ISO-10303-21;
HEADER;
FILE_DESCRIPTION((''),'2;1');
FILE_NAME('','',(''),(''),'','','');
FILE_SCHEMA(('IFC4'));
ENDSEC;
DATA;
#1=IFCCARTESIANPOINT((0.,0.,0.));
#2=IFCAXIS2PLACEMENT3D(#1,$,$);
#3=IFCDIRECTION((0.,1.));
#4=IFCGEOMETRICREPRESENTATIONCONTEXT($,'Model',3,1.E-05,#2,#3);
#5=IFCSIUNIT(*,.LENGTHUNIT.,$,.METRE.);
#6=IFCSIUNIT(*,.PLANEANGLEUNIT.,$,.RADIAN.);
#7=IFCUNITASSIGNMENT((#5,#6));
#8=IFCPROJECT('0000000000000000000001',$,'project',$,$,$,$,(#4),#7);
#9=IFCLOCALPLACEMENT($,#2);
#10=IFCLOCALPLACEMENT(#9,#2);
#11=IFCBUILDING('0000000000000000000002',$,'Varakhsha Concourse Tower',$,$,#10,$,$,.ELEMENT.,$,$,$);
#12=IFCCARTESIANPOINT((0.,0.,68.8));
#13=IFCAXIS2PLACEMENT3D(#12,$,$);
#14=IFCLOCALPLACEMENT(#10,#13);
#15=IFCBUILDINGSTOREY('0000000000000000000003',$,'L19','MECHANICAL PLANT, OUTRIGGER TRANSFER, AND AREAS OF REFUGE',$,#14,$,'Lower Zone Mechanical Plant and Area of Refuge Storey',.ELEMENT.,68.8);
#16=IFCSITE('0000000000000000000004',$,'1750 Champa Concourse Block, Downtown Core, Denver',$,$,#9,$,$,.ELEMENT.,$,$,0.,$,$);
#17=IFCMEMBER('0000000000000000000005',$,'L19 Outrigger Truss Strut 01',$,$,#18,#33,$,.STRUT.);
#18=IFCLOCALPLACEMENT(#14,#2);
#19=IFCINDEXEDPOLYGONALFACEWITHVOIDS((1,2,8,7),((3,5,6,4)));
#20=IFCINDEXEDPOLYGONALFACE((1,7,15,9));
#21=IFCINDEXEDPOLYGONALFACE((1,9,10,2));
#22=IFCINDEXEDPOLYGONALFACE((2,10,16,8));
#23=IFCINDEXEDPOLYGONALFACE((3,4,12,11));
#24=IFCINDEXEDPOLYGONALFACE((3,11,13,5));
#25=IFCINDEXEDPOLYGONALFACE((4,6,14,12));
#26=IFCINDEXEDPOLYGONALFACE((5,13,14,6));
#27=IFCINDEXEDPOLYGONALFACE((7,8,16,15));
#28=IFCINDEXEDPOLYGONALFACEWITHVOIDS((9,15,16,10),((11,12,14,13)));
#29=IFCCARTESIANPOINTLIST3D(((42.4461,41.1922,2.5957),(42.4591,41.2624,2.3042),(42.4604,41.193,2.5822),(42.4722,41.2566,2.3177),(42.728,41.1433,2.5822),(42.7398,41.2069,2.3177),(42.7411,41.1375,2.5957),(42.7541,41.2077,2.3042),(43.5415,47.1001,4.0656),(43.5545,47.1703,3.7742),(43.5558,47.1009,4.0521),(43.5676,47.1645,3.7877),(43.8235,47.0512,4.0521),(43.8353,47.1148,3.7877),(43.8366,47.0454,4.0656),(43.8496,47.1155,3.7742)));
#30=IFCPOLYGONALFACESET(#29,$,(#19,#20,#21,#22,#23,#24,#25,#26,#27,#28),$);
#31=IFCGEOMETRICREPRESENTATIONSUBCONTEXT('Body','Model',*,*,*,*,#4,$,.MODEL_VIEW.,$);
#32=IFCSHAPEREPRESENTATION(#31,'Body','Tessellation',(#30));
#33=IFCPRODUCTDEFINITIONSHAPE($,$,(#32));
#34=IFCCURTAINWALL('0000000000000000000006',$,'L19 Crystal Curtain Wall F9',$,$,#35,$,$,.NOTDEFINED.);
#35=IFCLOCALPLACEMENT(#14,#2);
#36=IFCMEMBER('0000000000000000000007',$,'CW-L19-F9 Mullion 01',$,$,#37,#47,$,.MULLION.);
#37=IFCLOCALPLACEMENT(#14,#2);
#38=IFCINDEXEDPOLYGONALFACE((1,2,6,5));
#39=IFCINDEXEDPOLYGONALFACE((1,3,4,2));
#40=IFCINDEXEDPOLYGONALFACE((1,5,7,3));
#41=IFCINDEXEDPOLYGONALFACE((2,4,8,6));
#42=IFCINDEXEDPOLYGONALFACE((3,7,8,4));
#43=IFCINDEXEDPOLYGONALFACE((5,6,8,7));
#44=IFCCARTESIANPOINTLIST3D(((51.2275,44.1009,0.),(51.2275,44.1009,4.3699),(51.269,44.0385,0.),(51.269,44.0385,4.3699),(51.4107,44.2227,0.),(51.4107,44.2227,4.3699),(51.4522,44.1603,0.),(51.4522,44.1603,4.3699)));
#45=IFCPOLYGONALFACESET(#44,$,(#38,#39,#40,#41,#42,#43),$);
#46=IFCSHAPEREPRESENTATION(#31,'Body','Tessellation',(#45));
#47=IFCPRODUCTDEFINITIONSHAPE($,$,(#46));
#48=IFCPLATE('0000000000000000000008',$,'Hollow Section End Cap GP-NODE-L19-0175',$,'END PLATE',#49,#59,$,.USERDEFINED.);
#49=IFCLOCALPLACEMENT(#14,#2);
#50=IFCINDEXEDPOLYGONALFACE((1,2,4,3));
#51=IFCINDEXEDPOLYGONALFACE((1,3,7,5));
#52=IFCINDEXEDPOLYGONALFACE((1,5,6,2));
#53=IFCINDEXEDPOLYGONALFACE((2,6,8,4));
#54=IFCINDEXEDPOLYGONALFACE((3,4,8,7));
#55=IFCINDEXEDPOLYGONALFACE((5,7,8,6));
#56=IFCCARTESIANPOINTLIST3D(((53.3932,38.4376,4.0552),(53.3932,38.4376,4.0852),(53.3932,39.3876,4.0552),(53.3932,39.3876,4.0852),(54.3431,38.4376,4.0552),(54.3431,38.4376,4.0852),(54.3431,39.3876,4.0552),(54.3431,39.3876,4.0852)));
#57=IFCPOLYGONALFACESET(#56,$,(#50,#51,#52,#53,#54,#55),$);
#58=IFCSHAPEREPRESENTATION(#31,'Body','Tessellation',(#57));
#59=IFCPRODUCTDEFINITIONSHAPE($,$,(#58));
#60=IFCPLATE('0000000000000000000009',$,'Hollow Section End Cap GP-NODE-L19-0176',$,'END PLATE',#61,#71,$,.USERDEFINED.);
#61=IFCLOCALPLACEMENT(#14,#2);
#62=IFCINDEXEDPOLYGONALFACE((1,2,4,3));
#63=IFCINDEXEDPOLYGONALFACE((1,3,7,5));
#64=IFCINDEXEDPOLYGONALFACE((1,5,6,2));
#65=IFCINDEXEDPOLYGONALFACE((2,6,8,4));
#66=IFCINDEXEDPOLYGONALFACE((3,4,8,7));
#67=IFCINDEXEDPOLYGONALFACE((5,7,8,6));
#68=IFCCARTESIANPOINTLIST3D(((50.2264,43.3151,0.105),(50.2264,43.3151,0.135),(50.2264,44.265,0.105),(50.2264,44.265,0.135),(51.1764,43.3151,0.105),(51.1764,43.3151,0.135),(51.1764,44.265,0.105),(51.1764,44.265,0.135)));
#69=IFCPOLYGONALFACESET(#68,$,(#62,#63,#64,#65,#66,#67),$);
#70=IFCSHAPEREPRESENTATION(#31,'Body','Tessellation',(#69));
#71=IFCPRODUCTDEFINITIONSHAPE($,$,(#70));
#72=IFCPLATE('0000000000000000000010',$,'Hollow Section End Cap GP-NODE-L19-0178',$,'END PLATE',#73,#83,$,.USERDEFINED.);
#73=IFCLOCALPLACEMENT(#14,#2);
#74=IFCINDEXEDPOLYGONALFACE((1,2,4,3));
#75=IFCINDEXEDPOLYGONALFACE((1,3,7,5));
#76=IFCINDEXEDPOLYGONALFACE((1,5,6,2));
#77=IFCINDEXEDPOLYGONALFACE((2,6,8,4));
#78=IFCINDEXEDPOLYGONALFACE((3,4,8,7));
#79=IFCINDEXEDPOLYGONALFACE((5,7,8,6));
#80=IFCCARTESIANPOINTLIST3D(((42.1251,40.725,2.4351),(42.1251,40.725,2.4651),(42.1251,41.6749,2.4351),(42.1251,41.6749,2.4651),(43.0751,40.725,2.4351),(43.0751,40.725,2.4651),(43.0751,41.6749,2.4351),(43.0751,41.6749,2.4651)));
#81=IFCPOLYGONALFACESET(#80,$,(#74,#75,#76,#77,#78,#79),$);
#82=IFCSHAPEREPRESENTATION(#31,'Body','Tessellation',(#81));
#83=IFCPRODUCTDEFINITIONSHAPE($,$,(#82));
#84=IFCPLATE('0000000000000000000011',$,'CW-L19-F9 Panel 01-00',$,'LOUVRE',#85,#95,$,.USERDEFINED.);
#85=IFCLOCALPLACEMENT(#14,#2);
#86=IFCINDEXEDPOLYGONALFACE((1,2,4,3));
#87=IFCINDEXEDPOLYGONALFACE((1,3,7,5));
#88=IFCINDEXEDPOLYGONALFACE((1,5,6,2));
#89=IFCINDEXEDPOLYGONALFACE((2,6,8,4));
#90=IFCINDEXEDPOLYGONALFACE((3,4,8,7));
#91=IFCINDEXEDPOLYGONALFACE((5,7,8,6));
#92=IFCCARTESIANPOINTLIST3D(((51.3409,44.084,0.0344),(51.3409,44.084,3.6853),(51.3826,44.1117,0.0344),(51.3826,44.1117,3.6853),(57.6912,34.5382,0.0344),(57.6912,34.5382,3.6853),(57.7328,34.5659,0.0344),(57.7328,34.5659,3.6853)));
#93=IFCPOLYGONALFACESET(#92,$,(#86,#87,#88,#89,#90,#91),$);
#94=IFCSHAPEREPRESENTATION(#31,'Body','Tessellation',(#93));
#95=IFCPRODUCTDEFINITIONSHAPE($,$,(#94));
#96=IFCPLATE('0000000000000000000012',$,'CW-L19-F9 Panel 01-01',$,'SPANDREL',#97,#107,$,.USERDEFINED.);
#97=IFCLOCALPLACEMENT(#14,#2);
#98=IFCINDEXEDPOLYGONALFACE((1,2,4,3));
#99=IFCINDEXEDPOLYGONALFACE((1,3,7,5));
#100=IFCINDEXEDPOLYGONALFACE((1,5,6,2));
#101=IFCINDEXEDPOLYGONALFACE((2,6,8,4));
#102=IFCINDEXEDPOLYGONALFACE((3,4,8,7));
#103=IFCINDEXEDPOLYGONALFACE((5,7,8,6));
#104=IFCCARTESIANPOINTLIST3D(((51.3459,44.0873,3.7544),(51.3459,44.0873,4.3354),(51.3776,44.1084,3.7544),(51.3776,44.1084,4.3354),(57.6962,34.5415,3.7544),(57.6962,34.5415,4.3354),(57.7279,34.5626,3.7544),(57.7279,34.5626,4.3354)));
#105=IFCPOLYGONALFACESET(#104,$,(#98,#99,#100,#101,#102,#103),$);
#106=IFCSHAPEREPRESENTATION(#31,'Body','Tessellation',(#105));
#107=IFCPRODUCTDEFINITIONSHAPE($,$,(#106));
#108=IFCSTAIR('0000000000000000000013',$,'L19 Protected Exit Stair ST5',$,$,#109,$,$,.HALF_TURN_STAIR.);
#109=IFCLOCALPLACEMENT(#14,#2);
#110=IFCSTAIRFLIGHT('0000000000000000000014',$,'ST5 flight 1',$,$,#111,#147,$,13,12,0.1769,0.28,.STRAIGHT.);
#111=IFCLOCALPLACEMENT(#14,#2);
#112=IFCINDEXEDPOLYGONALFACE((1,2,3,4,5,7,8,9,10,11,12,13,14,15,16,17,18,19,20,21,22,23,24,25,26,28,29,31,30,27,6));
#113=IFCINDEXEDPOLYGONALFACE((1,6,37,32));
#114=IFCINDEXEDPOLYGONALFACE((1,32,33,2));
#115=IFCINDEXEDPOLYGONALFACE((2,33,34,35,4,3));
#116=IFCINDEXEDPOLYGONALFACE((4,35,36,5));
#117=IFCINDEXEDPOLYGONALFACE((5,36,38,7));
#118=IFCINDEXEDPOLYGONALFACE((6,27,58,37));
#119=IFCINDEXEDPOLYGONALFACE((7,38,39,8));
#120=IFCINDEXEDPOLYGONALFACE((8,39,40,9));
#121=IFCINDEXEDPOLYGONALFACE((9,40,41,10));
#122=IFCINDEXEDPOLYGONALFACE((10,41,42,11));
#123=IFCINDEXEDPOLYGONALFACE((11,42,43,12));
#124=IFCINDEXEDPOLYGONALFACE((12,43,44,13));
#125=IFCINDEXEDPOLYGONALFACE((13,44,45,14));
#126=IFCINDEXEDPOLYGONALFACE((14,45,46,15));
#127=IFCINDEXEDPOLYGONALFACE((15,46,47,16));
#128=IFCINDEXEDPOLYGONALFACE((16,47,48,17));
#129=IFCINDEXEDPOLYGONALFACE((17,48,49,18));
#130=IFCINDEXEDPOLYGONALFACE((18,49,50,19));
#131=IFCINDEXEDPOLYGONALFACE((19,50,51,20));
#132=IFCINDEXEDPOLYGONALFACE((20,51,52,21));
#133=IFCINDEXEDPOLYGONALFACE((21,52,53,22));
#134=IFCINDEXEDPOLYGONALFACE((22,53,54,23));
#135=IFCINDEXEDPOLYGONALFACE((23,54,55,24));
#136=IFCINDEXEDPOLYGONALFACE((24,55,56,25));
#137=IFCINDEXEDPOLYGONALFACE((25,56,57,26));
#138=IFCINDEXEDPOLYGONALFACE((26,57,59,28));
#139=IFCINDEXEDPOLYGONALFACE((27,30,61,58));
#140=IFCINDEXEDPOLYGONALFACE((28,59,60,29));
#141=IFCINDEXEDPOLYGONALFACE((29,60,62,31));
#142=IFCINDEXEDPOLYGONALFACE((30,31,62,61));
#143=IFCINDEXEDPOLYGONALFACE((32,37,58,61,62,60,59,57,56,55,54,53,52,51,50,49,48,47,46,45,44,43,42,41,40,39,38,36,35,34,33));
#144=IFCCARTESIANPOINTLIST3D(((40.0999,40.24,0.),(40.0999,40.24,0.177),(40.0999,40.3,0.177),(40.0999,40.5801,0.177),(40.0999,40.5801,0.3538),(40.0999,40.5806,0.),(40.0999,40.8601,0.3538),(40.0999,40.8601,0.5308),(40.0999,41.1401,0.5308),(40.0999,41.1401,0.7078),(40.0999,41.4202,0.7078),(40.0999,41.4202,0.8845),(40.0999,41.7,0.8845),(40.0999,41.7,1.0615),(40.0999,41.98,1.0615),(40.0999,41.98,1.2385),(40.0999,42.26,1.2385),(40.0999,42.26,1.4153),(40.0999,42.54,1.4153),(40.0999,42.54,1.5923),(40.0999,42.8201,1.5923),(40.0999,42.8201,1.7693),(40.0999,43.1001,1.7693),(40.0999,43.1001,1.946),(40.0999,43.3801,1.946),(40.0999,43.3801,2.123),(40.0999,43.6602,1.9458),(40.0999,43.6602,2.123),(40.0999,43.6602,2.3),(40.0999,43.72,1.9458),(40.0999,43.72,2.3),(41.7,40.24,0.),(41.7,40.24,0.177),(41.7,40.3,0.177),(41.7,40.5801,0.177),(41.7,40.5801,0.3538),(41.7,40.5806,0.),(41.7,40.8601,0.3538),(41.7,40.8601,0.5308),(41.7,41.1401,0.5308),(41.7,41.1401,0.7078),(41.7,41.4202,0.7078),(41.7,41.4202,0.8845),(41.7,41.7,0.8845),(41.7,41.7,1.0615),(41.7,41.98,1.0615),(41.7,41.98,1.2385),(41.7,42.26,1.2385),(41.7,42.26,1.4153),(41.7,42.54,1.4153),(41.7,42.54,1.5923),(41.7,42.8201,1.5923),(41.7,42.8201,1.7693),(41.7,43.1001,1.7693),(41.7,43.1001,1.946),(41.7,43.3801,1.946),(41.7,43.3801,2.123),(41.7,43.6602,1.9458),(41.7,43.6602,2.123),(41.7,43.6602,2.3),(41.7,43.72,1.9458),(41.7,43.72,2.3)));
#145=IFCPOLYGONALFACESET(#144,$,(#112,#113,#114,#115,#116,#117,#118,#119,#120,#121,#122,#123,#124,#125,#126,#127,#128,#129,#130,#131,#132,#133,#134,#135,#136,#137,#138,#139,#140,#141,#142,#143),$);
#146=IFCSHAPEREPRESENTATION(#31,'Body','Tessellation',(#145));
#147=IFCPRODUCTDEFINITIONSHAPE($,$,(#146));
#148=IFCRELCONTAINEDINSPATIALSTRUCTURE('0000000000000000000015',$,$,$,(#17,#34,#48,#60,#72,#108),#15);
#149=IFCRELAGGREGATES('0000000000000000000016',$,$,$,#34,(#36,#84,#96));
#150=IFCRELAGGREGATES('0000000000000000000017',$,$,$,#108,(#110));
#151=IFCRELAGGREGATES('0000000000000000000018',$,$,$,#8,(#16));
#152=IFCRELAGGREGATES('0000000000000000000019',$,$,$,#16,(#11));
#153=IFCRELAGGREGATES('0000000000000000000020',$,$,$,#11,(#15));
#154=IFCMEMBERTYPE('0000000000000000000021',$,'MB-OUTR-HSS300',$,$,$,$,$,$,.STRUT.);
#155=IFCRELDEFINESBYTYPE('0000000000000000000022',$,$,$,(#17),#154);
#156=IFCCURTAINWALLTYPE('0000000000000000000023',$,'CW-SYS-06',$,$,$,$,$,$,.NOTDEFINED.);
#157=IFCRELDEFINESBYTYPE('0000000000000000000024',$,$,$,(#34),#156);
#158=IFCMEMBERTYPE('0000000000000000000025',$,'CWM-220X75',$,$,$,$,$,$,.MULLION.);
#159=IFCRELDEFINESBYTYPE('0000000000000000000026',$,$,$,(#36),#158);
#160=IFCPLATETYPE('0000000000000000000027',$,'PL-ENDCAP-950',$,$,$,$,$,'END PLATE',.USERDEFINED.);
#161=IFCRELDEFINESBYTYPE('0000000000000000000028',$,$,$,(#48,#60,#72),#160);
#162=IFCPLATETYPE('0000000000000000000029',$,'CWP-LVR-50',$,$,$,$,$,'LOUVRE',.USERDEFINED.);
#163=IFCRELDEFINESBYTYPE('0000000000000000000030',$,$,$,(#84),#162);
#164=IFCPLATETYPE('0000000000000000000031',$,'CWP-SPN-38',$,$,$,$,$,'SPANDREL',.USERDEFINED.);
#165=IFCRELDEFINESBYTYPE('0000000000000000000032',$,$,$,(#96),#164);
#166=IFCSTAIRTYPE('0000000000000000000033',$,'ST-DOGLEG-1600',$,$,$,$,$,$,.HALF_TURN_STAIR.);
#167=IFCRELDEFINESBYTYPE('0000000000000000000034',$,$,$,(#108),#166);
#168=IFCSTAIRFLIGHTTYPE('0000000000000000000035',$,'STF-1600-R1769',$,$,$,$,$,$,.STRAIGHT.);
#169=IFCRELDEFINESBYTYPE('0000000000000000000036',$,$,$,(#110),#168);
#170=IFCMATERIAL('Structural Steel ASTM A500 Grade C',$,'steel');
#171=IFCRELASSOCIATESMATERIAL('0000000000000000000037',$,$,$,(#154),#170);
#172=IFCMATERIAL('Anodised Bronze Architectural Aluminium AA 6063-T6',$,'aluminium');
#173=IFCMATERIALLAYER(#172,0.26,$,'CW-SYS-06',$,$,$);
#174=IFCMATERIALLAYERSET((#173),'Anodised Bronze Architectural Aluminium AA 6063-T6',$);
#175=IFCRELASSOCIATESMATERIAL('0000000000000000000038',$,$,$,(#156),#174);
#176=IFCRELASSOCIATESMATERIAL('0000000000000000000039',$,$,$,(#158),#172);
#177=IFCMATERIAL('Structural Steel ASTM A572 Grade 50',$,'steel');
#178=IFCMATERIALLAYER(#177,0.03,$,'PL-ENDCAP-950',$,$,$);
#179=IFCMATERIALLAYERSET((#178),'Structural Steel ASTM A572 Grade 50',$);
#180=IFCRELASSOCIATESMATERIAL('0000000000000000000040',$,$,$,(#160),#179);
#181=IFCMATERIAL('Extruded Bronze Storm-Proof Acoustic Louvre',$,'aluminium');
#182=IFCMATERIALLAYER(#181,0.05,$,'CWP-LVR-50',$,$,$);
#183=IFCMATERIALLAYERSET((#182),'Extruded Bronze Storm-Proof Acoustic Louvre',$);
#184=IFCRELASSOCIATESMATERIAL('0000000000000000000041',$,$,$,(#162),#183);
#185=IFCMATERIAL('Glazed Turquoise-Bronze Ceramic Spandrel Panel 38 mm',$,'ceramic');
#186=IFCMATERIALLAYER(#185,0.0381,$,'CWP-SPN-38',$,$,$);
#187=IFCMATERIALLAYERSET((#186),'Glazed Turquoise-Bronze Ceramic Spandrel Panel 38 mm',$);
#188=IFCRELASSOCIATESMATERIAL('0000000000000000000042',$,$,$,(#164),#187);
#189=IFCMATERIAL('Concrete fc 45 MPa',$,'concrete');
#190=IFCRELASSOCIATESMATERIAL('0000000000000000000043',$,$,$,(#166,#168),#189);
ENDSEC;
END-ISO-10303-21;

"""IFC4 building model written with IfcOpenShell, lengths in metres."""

from ifc_helpers import new_model, si_unit, direction, frame, origin, origin_2d, place, context, subcontext, project, spatial, polyline, rectangle, hollow_rectangle, outline, extrude, source, transform, mapped, material, layer, layer_set, material_profile, profile_set, type_object, type_shapes, element, aggregate, save


model = new_model("IFC4")

# Units and contexts
model_context = context("Model", 3, precision=1e-05, world=origin(), true_north=direction((0.0, 1.0)))
body_context = subcontext(model_context, "Body", "Model", "MODEL_VIEW")
ifc_project = project(units=[si_unit("LENGTHUNIT", "METRE"), si_unit("PLANEANGLEUNIT", "RADIAN")], contexts=[model_context])

# Site, building, storey
site_placement = place(None, origin())
site = spatial("IfcSite", under=ifc_project, at=site_placement, Name="1750 Champa Concourse Block, Downtown Core, Denver", CompositionType="ELEMENT", RefElevation=0.0)
building_placement = place(site_placement, origin())
building = spatial("IfcBuilding", under=site, at=building_placement, Name="Varakhsha Concourse Tower", CompositionType="ELEMENT")
storey_placement = place(building_placement, frame((0.0, 0.0, 68.8)))
storey = spatial("IfcBuildingStorey", under=building, at=storey_placement, Name="L19", Description="MECHANICAL PLANT, OUTRIGGER TRANSFER, AND AREAS OF REFUGE", LongName="Lower Zone Mechanical Plant and Area of Refuge Storey", CompositionType="ELEMENT", Elevation=68.8)

# Shared definitions
ifc_material_1 = material(Name="Structural Steel ASTM A572 Grade 50", Category="steel")

# Member
ifc_material_2 = material(Name="Structural Steel ASTM A500 Grade C", Category="steel")
ifc_material_profile_1 = material_profile(ifc_material_2, hollow_rectangle(XDim=0.3, YDim=0.3, WallThickness=0.0139, at=origin_2d()), Name="HSS 300x300x14")
ifc_profile_set_1 = profile_set([ifc_material_profile_1], Name="Structural Steel ASTM A500 Grade C")
member_type_1 = type_object("IfcMemberType", Name="MB-OUTR-HSS300", PredefinedType="STRUT", material=ifc_profile_set_1)
shared_shape_1 = source(origin(), body_context, "Body", "SweptSolid", [
    extrude(hollow_rectangle(XDim=0.3, YDim=0.3, WallThickness=0.0139, at=origin_2d()), origin(), (0.0, 0.0, 1.0), 6.1858),
])
type_shapes(member_type_1, [shared_shape_1])
member_1_placement = place(storey_placement, frame((42.6001, 41.2, 2.45), z_axis=(0.177091, 0.955075, 0.237634), x_axis=(-0.98324, 0.182313, 0.0)))
element("IfcMember", 1, at=member_1_placement, inside=storey, type_object=member_type_1, Name="L19 Outrigger Truss Strut 01", PredefinedType="STRUT", context=body_context, shape_type="MappedRepresentation", body=[
    mapped(shared_shape_1, transform((0.0, 0.0, 0.0), scale=1.0)),
])

# Curtain wall, member
ifc_material_3 = material(Name="Anodised Bronze Architectural Aluminium AA 6063-T6", Category="aluminium")
ifc_layer_1 = layer(ifc_material_3, 0.26, Name="CW-SYS-06")
ifc_layer_set_1 = layer_set([ifc_layer_1], Name="Anodised Bronze Architectural Aluminium AA 6063-T6")
curtain_wall_type = type_object("IfcCurtainWallType", Name="CW-SYS-06", PredefinedType="NOTDEFINED", material=ifc_layer_set_1)
curtain_wall_placement = place(storey_placement, origin())
curtain_wall = element("IfcCurtainWall", 2, at=curtain_wall_placement, inside=storey, type_object=curtain_wall_type, Name="L19 Crystal Curtain Wall F9", PredefinedType="NOTDEFINED")
ifc_material_profile_2 = material_profile(ifc_material_3, rectangle(XDim=0.075, YDim=0.22, at=origin_2d()), Name="CWM-220X75")
ifc_profile_set_2 = profile_set([ifc_material_profile_2], Name="Anodised Bronze Architectural Aluminium AA 6063-T6")
member_type_2 = type_object("IfcMemberType", Name="CWM-220X75", PredefinedType="MULLION", material=ifc_profile_set_2)
shared_shape_2 = source(origin(), body_context, "Body", "SweptSolid", [
    extrude(rectangle(XDim=0.075, YDim=0.22, at=origin_2d()), origin(), (0.0, 0.0, 1.0), 4.3699),
])
type_shapes(member_type_2, [shared_shape_2])
member_2_placement = place(storey_placement, frame((51.3398, 44.1306, 0.0), z_axis=(0.0, 0.0, 1.0), x_axis=(0.553881, -0.832596, 0.0)))
member_2 = element("IfcMember", 3, at=member_2_placement, type_object=member_type_2, Name="CW-L19-F9 Mullion 01", PredefinedType="MULLION", context=body_context, shape_type="MappedRepresentation", body=[
    mapped(shared_shape_2, transform((0.0, 0.0, 0.0), scale=1.0)),
])

# Plates
ifc_layer_2 = layer(ifc_material_1, 0.03, Name="PL-ENDCAP-950")
ifc_layer_set_2 = layer_set([ifc_layer_2], Name="Structural Steel ASTM A572 Grade 50")
plate_type_1 = type_object("IfcPlateType", Name="PL-ENDCAP-950", ElementType="END PLATE", PredefinedType="USERDEFINED", material=ifc_layer_set_2)
shared_shape_3 = source(origin(), body_context, "Body", "SweptSolid", [
    extrude(rectangle(XDim=0.95, YDim=0.95, at=origin_2d()), origin(), (0.0, 0.0, 1.0), 0.03),
])
type_shapes(plate_type_1, [shared_shape_3])
for number, where, z_axis, x_axis, name in (
    (4, (53.8682, 38.9126, 4.0552), (0.0, 0.0, 1.0), (1.0, 0.0, 0.0), "Hollow Section End Cap GP-NODE-L19-0175"),
    (5, (50.7014, 43.79, 0.105), (0.0, 0.0, 1.0), (1.0, 0.0, 0.0), "Hollow Section End Cap GP-NODE-L19-0176"),
    (6, (42.6001, 41.2, 2.4351), (0.0, 0.0, 1.0), (1.0, 0.0, 0.0), "Hollow Section End Cap GP-NODE-L19-0178"),
):
    element("IfcPlate", number, at=place(storey_placement, frame(where, z_axis=z_axis, x_axis=x_axis)), inside=storey, type_object=plate_type_1, Name=name, ObjectType="END PLATE", PredefinedType="USERDEFINED", context=body_context, shape_type="MappedRepresentation", body=[
        mapped(shared_shape_3, transform((0.0, 0.0, 0.0), scale=1.0)),
    ])

# Plates
ifc_material_4 = material(Name="Extruded Bronze Storm-Proof Acoustic Louvre", Category="aluminium")
ifc_layer_3 = layer(ifc_material_4, 0.05, Name="CWP-LVR-50")
ifc_layer_set_3 = layer_set([ifc_layer_3], Name="Extruded Bronze Storm-Proof Acoustic Louvre")
plate_type_2 = type_object("IfcPlateType", Name="CWP-LVR-50", ElementType="LOUVRE", PredefinedType="USERDEFINED", material=ifc_layer_set_3)
shared_shape_4 = source(origin(), body_context, "Body", "SweptSolid", [
    extrude(rectangle(XDim=11.4651, YDim=0.05, at=origin_2d()), origin(), (0.0, 0.0, 1.0), 3.6509),
])
type_shapes(plate_type_2, [shared_shape_4])
plate_1_placement = place(storey_placement, frame((54.5369, 39.325, 0.0344), z_axis=(0.0, 0.0, 1.0), x_axis=(0.553881, -0.832596, 0.0)))
plate_1 = element("IfcPlate", 7, at=plate_1_placement, type_object=plate_type_2, Name="CW-L19-F9 Panel 01-00", ObjectType="LOUVRE", PredefinedType="USERDEFINED", context=body_context, shape_type="MappedRepresentation", body=[
    mapped(shared_shape_4, transform((0.0, 0.0, 0.0), scale=1.0)),
])
ifc_material_5 = material(Name="Glazed Turquoise-Bronze Ceramic Spandrel Panel 38 mm", Category="ceramic")
ifc_layer_4 = layer(ifc_material_5, 0.0381, Name="CWP-SPN-38")
ifc_layer_set_4 = layer_set([ifc_layer_4], Name="Glazed Turquoise-Bronze Ceramic Spandrel Panel 38 mm")
plate_type_3 = type_object("IfcPlateType", Name="CWP-SPN-38", ElementType="SPANDREL", PredefinedType="USERDEFINED", material=ifc_layer_set_4)
shared_shape_5 = source(origin(), body_context, "Body", "SweptSolid", [
    extrude(rectangle(XDim=11.4651, YDim=0.0381, at=origin_2d()), origin(), (0.0, 0.0, 1.0), 0.5811),
])
type_shapes(plate_type_3, [shared_shape_5])
plate_2_placement = place(storey_placement, frame((54.5369, 39.325, 3.7544), z_axis=(0.0, 0.0, 1.0), x_axis=(0.553881, -0.832596, 0.0)))
plate_2 = element("IfcPlate", 8, at=plate_2_placement, type_object=plate_type_3, Name="CW-L19-F9 Panel 01-01", ObjectType="SPANDREL", PredefinedType="USERDEFINED", context=body_context, shape_type="MappedRepresentation", body=[
    mapped(shared_shape_5, transform((0.0, 0.0, 0.0), scale=1.0)),
])
aggregate(curtain_wall, [member_2, plate_1, plate_2])

# Stair, stair flight
ifc_material_6 = material(Name="Concrete fc 45 MPa", Category="concrete")
stair_type = type_object("IfcStairType", Name="ST-DOGLEG-1600", PredefinedType="HALF_TURN_STAIR", material=ifc_material_6)
stair_placement = place(storey_placement, origin())
stair = element("IfcStair", 9, at=stair_placement, inside=storey, type_object=stair_type, Name="L19 Protected Exit Stair ST5", PredefinedType="HALF_TURN_STAIR")
stair_flight_type = type_object("IfcStairFlightType", Name="STF-1600-R1769", PredefinedType="STRAIGHT", material=ifc_material_6)
stair_flight_placement = place(storey_placement, frame((40.8999, 40.3, 0.0), z_axis=(0.0, 0.0, 1.0), x_axis=(0.0, 1.0, 0.0)))
stair_flight = element("IfcStairFlight", 10, at=stair_flight_placement, type_object=stair_flight_type, Name="ST5 flight 1", NumberOfRisers=13, NumberOfTreads=12, PredefinedType="STRAIGHT", RiserHeight=0.1769, TreadLength=0.28, context=body_context, shape_type="SweptSolid", body=[
    extrude(outline(polyline([(-0.0601, 0.0), (-0.0601, 0.177), (0.0, 0.177), (0.28, 0.177), (0.28, 0.3538), (0.5601, 0.3538), (0.5601, 0.5308), (0.8401, 0.5308), (0.8401, 0.7078), (1.1201, 0.7078), (1.1201, 0.8845), (1.3999, 0.8845), (1.3999, 1.0615), (1.6799, 1.0615), (1.6799, 1.2385), (1.96, 1.2385), (1.96, 1.4153), (2.24, 1.4153), (2.24, 1.5923), (2.52, 1.5923), (2.52, 1.7693), (2.8, 1.7693), (2.8, 1.946), (3.0801, 1.946), (3.0801, 2.123), (3.3601, 2.123), (3.3601, 2.3), (3.4199, 2.3), (3.4199, 1.9458), (3.3601, 1.9458), (0.2805, 0.0), (-0.0601, 0.0)])), frame((0.0, 0.8, 0.0), z_axis=(0.0, -1.0, 0.0), x_axis=(1.0, 0.0, 0.0)), (0.0, 0.0, 1.0), 1.6001),
])
aggregate(stair, [stair_flight])

save(model, "model.ifc")
